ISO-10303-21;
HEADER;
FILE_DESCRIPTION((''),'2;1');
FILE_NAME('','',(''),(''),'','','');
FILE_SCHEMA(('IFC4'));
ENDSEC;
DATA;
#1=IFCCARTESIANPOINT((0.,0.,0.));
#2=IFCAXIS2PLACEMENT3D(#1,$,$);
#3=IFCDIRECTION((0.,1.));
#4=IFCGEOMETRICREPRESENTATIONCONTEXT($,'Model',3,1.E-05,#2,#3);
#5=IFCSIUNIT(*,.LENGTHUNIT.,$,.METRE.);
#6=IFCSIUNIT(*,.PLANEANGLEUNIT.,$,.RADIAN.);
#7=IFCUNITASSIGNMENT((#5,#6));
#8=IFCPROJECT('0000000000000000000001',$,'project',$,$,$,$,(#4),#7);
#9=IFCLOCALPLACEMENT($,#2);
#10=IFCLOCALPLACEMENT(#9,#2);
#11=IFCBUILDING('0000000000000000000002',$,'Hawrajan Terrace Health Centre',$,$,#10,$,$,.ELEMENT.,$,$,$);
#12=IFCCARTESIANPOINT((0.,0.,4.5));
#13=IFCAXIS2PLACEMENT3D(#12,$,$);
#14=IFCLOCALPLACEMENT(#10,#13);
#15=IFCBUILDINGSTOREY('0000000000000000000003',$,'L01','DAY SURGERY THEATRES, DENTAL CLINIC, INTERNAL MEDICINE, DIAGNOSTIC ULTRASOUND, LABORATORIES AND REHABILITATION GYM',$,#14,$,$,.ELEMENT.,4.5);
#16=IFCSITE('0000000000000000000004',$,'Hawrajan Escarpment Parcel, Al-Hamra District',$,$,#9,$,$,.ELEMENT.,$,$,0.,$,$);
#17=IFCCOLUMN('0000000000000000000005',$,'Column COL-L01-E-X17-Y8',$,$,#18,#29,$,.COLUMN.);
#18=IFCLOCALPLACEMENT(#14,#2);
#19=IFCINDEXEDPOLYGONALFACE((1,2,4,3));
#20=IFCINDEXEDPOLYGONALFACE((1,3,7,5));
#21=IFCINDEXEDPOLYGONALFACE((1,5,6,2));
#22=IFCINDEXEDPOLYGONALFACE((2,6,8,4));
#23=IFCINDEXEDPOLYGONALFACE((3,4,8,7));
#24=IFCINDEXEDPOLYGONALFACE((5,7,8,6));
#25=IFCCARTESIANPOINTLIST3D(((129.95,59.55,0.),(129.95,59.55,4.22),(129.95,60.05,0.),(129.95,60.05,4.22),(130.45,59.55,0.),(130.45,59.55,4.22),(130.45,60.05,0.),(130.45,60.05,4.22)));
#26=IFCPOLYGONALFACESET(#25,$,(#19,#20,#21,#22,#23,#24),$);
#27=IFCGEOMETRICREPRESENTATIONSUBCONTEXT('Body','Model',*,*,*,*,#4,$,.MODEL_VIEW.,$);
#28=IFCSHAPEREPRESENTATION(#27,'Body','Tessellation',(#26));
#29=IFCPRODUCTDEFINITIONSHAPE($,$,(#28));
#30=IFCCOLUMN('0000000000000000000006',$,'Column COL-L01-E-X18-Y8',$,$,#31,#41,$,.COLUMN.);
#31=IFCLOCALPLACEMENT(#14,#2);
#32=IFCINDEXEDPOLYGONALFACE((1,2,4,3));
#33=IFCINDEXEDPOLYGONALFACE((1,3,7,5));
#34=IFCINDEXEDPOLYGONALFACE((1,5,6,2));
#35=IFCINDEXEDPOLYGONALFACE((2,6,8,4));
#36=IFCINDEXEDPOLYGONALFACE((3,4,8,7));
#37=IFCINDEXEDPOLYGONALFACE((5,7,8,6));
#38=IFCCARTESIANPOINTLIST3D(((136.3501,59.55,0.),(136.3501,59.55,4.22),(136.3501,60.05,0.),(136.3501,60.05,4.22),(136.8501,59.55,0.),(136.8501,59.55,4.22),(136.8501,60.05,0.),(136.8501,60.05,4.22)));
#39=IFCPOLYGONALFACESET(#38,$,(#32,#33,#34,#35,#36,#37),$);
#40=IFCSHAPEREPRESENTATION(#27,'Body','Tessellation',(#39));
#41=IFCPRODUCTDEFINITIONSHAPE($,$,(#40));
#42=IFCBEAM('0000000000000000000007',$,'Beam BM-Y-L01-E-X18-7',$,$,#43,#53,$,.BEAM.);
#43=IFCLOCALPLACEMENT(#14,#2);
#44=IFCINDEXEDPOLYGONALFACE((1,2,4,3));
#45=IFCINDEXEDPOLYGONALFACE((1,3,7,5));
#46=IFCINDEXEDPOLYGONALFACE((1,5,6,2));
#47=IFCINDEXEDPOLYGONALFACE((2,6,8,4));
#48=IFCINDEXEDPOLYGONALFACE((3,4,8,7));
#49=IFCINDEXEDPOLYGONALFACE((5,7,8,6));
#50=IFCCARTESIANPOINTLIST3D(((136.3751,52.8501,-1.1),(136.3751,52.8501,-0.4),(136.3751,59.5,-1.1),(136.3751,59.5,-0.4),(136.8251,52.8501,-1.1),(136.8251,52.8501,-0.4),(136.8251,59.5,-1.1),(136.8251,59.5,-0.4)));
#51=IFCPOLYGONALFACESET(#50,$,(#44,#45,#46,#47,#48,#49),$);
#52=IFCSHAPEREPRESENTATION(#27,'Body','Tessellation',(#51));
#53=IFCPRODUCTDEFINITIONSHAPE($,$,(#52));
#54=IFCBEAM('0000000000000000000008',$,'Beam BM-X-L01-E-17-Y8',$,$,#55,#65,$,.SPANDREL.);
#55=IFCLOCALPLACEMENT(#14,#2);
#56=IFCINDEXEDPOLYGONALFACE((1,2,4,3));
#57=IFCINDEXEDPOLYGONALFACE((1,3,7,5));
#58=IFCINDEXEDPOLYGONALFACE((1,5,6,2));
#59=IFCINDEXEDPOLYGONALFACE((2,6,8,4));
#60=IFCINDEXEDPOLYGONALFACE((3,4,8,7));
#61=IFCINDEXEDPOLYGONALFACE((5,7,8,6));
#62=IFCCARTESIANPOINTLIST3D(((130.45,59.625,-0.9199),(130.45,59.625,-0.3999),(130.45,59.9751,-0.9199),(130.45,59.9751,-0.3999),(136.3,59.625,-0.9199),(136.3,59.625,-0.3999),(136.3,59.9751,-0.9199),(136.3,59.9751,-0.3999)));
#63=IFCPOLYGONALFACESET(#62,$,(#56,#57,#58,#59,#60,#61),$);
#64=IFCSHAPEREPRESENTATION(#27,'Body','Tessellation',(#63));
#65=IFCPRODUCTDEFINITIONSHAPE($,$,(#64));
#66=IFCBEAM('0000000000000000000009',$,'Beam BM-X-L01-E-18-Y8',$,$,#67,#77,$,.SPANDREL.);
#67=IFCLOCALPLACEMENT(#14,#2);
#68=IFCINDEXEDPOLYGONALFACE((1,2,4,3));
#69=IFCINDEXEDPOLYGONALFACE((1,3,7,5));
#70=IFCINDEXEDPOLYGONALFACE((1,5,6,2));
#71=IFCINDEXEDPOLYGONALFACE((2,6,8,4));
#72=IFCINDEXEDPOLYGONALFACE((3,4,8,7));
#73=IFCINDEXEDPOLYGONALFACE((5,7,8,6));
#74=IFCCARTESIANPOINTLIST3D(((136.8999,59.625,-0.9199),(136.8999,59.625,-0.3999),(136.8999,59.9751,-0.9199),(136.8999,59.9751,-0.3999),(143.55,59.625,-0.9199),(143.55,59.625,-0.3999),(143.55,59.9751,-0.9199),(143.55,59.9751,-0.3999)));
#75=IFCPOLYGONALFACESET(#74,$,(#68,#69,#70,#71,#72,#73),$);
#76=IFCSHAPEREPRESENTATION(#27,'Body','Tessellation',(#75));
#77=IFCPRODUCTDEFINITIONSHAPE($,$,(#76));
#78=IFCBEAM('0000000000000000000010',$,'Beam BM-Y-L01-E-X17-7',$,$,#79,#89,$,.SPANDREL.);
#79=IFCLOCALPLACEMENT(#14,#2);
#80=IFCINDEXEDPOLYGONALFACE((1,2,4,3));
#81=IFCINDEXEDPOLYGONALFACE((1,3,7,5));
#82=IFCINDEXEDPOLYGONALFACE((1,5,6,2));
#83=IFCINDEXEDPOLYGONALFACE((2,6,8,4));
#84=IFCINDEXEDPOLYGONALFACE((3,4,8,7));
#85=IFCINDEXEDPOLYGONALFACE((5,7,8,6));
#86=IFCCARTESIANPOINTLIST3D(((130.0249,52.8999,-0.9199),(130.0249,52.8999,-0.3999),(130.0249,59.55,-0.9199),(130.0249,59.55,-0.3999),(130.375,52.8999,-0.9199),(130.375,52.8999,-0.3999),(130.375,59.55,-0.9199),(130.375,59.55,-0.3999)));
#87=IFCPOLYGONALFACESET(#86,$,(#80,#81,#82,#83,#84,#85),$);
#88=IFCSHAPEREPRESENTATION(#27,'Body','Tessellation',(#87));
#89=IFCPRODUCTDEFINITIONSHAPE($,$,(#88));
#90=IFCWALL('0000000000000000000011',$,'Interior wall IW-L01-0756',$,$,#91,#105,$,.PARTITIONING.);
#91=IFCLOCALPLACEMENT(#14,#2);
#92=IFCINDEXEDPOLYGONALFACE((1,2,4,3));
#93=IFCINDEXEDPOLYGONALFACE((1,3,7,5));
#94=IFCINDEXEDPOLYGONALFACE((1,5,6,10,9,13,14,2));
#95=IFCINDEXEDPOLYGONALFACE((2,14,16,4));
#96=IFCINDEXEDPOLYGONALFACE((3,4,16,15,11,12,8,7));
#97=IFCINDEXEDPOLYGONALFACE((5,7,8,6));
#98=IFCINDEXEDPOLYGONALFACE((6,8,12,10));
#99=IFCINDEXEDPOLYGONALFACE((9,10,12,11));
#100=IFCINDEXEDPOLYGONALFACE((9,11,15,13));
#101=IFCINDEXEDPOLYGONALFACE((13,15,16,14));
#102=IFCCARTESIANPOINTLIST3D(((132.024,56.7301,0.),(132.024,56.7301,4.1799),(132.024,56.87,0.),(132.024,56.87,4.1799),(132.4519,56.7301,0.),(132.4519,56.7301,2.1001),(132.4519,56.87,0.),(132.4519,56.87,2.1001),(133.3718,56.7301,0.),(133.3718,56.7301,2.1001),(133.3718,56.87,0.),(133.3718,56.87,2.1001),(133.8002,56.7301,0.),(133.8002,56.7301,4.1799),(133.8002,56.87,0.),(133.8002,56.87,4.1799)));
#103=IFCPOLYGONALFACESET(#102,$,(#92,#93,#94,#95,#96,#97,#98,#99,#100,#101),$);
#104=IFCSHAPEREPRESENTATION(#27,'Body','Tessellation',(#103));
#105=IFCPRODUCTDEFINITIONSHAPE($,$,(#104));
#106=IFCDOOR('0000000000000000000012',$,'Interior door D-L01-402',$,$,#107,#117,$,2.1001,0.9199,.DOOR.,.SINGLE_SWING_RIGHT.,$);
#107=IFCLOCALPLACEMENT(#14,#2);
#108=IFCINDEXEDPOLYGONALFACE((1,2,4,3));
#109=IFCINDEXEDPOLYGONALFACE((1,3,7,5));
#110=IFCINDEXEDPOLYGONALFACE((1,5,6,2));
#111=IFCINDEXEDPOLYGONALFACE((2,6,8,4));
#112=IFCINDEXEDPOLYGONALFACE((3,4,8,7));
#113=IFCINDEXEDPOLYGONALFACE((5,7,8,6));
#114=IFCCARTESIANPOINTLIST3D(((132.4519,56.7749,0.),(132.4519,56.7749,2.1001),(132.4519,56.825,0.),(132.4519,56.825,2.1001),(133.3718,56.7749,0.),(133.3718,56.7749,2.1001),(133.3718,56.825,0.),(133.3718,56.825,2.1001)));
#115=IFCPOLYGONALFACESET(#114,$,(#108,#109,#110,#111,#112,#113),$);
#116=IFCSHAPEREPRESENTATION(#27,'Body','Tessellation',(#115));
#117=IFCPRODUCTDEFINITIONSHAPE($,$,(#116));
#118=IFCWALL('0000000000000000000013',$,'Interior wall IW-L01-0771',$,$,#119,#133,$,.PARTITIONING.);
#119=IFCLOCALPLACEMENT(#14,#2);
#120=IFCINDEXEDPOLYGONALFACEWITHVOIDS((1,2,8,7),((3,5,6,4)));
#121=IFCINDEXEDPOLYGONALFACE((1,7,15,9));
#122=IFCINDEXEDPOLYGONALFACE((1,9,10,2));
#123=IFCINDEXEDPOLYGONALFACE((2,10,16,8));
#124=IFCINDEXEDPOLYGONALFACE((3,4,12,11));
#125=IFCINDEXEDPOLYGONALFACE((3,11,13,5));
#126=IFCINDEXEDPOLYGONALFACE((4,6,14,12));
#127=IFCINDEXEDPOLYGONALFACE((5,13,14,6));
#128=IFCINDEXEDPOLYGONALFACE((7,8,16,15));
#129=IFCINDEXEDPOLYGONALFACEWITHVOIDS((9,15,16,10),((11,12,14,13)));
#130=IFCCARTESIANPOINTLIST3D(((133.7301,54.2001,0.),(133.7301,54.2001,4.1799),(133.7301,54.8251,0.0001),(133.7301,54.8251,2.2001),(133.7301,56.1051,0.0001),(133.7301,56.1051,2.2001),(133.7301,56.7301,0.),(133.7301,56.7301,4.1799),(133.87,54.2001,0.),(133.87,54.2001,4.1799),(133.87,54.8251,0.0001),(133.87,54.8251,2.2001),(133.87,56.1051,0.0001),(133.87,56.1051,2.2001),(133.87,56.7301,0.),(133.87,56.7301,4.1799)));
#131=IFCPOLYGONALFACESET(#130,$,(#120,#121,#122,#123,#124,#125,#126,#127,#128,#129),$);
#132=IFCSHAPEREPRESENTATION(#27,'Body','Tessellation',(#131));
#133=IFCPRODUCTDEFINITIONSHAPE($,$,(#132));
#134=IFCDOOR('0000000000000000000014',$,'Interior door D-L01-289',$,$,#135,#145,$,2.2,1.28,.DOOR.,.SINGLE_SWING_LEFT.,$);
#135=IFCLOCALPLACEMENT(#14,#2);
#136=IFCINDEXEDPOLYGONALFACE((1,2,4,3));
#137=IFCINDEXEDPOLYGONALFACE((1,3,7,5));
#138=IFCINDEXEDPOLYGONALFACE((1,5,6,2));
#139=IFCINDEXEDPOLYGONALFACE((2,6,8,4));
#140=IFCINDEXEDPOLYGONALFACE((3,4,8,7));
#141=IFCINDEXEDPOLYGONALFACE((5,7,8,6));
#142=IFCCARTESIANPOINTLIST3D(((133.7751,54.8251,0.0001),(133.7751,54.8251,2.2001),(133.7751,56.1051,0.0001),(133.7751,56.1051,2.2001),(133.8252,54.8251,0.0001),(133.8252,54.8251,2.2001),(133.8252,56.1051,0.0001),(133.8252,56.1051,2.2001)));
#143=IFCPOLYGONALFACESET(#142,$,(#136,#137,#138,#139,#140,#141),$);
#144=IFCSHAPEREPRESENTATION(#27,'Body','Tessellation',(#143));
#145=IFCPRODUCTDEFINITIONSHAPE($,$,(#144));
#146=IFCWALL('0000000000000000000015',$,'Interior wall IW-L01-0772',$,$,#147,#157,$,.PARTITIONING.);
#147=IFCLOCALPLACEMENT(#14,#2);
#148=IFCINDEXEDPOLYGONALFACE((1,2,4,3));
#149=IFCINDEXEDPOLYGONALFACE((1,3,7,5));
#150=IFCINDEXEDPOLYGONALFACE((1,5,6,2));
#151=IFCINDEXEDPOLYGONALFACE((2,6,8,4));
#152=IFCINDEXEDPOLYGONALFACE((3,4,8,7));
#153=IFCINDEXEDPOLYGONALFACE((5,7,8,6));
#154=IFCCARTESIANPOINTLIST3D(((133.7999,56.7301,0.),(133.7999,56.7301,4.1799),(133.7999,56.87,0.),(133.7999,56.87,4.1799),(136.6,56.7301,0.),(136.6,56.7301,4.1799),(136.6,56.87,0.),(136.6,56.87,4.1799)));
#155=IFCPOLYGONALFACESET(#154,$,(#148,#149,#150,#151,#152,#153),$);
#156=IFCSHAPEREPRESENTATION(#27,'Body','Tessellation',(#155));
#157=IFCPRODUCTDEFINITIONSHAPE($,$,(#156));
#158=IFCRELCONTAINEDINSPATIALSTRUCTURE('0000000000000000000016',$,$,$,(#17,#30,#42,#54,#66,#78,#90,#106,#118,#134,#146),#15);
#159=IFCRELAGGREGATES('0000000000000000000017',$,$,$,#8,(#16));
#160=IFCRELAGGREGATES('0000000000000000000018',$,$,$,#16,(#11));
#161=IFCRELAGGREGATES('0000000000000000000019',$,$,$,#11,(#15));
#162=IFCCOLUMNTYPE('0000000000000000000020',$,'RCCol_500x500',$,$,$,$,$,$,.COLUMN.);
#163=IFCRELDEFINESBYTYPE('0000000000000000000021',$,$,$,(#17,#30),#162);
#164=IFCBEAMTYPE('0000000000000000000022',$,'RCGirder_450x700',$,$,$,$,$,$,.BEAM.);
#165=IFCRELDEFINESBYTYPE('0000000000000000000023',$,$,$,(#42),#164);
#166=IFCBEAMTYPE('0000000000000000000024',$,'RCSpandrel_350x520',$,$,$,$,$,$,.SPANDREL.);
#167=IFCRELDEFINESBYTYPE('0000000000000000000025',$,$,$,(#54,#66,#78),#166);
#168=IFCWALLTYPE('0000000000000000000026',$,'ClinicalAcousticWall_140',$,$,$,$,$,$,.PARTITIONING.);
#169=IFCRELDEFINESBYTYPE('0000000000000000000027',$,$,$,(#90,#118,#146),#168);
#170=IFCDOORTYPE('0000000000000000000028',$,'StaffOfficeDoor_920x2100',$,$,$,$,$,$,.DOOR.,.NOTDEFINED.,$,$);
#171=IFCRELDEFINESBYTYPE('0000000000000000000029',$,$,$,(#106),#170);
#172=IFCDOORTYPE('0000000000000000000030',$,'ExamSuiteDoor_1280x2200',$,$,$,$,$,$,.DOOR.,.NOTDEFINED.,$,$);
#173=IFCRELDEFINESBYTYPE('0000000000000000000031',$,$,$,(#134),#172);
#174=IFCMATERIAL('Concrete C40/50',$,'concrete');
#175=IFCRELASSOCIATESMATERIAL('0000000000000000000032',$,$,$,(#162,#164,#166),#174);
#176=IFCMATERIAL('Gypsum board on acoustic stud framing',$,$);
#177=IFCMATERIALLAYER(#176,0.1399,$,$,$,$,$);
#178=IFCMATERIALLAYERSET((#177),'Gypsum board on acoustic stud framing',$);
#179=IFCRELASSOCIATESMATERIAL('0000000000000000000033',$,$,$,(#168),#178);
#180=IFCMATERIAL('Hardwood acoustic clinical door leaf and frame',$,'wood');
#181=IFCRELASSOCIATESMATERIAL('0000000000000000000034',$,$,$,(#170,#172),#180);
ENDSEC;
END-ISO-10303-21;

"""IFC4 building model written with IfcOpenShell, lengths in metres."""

from ifc_helpers import new_model, si_unit, direction, frame, frame_2d, origin, origin_2d, place, context, subcontext, project, spatial, rectangle, extrude, material, layer, layer_set, material_profile, profile_set, type_object, element, fill, save


model = new_model("IFC4")

# Units and contexts
model_context = context("Model", 3, precision=1e-05, world=origin(), true_north=direction((0.0, 1.0)))
body_context = subcontext(model_context, "Body", "Model", "MODEL_VIEW")
ifc_project = project(units=[si_unit("LENGTHUNIT", "METRE"), si_unit("PLANEANGLEUNIT", "RADIAN")], contexts=[model_context])

# Site, building, storey
site_placement = place(None, origin())
site = spatial("IfcSite", under=ifc_project, at=site_placement, Name="Hawrajan Escarpment Parcel, Al-Hamra District", CompositionType="ELEMENT", RefElevation=0.0)
building_placement = place(site_placement, origin())
building = spatial("IfcBuilding", under=site, at=building_placement, Name="Hawrajan Terrace Health Centre", CompositionType="ELEMENT")
storey_placement = place(building_placement, frame((0.0, 0.0, 4.5)))
storey = spatial("IfcBuildingStorey", under=building, at=storey_placement, Name="L01", Description="DAY SURGERY THEATRES, DENTAL CLINIC, INTERNAL MEDICINE, DIAGNOSTIC ULTRASOUND, LABORATORIES AND REHABILITATION GYM", CompositionType="ELEMENT", Elevation=4.5)

# Columns
ifc_material_1 = material(Name="Concrete C40/50", Category="concrete")
ifc_material_profile_1 = material_profile(ifc_material_1, rectangle(XDim=0.5, YDim=0.5, at=origin_2d()), Name="RC 500x500")
ifc_profile_set_1 = profile_set([ifc_material_profile_1], Name="Concrete C40/50")
column_type = type_object("IfcColumnType", Name="RCCol_500x500", PredefinedType="COLUMN", material=ifc_profile_set_1)
for number, where, z_axis, x_axis, name in (
    (1, (130.2, 59.8, 0.0), (0.0, 0.0, 1.0), (1.0, 0.0, 0.0), "Column COL-L01-E-X17-Y8"),
    (2, (136.6001, 59.8, 0.0), (0.0, 0.0, 1.0), (1.0, 0.0, 0.0), "Column COL-L01-E-X18-Y8"),
):
    element("IfcColumn", number, at=place(storey_placement, frame(where, z_axis=z_axis, x_axis=x_axis)), inside=storey, type_object=column_type, Name=name, PredefinedType="COLUMN", context=body_context, shape_type="SweptSolid", body=[
        extrude(rectangle(XDim=0.5, YDim=0.5, at=origin_2d()), origin(), (0.0, 0.0, 1.0), 4.22),
    ])

# Beams
ifc_material_profile_2 = material_profile(ifc_material_1, rectangle(XDim=0.45, YDim=0.7, at=origin_2d()), Name="RC BM 450x700")
ifc_profile_set_2 = profile_set([ifc_material_profile_2], Name="Concrete C40/50")
beam_type_1 = type_object("IfcBeamType", Name="RCGirder_450x700", PredefinedType="BEAM", material=ifc_profile_set_2)
beam_1_placement = place(storey_placement, frame((136.6001, 52.8501, -0.75), z_axis=(0.0, 1.0, 0.0), x_axis=(-1.0, 0.0, 0.0)))
element("IfcBeam", 3, at=beam_1_placement, inside=storey, type_object=beam_type_1, Name="Beam BM-Y-L01-E-X18-7", PredefinedType="BEAM", context=body_context, shape_type="SweptSolid", body=[
    extrude(rectangle(XDim=0.45, YDim=0.7, at=origin_2d()), origin(), (0.0, 0.0, 1.0), 6.6499),
])
ifc_material_profile_3 = material_profile(ifc_material_1, rectangle(XDim=0.3501, YDim=0.52, at=origin_2d()), Name="RC SP 350x520")
ifc_profile_set_3 = profile_set([ifc_material_profile_3], Name="Concrete C40/50")
beam_type_2 = type_object("IfcBeamType", Name="RCSpandrel_350x520", PredefinedType="SPANDREL", material=ifc_profile_set_3)
beam_2_placement = place(storey_placement, frame((130.45, 59.8, -0.6599), z_axis=(1.0, 0.0, 0.0), x_axis=(0.0, 1.0, 0.0)))
element("IfcBeam", 4, at=beam_2_placement, inside=storey, type_object=beam_type_2, Name="Beam BM-X-L01-E-17-Y8", PredefinedType="SPANDREL", context=body_context, shape_type="SweptSolid", body=[
    extrude(rectangle(XDim=0.3501, YDim=0.52, at=origin_2d()), origin(), (0.0, 0.0, 1.0), 5.8501),
])
for number, where, z_axis, x_axis, name in (
    (5, (136.8999, 59.8, -0.6599), (1.0, 0.0, 0.0), (0.0, 1.0, 0.0), "Beam BM-X-L01-E-18-Y8"),
    (6, (130.2, 52.8999, -0.6599), (0.0, 1.0, 0.0), (-1.0, 0.0, 0.0), "Beam BM-Y-L01-E-X17-7"),
):
    element("IfcBeam", number, at=place(storey_placement, frame(where, z_axis=z_axis, x_axis=x_axis)), inside=storey, type_object=beam_type_2, Name=name, PredefinedType="SPANDREL", context=body_context, shape_type="SweptSolid", body=[
        extrude(rectangle(XDim=0.3501, YDim=0.52, at=origin_2d()), origin(), (0.0, 0.0, 1.0), 6.6501),
    ])

# Walls, openings, doors
ifc_material_2 = material(Name="Gypsum board on acoustic stud framing")
ifc_layer_1 = layer(ifc_material_2, 0.1399)
ifc_layer_set_1 = layer_set([ifc_layer_1], Name="Gypsum board on acoustic stud framing")
wall_type_1 = type_object("IfcWallType", Name="ClinicalAcousticWall_140", PredefinedType="PARTITIONING", material=ifc_layer_set_1)
wall_1_placement = place(storey_placement, frame((132.0239, 56.8, 0.0), z_axis=(0.0, 0.0, 1.0), x_axis=(1.0, 0.0, 0.0)))
wall_1 = element("IfcWall", 7, at=wall_1_placement, inside=storey, type_object=wall_type_1, Name="Interior wall IW-L01-0756", PredefinedType="PARTITIONING", context=body_context, shape_type="SweptSolid", body=[
    extrude(rectangle(XDim=1.7761, YDim=0.1399, at=frame_2d((0.8882, 0.0))), origin(), (0.0, 0.0, 1.0), 4.1799),
])
opening_1_placement = place(wall_1_placement, frame((0.428, 0.0, 0.0)))
opening_1 = element("IfcOpeningElement", 8, at=opening_1_placement, cuts=wall_1, PredefinedType="OPENING", context=body_context, shape_type="SweptSolid", body=[
    extrude(rectangle(XDim=0.9199, YDim=2.1001, at=frame_2d((0.46, 1.05))), frame((0.0, 0.0798, 0.0), z_axis=(0.0, -1.0, 0.0), x_axis=(1.0, 0.0, 0.0)), (0.0, 0.0, 1.0), 0.1599),
])
ifc_material_3 = material(Name="Hardwood acoustic clinical door leaf and frame", Category="wood")
door_type_1 = type_object("IfcDoorType", Name="StaffOfficeDoor_920x2100", OperationType="NOTDEFINED", PredefinedType="DOOR", material=ifc_material_3)
door_1_placement = place(opening_1_placement, origin())
door_1 = element("IfcDoor", 9, at=door_1_placement, inside=storey, type_object=door_type_1, Name="Interior door D-L01-402", OperationType="SINGLE_SWING_RIGHT", OverallHeight=2.1001, OverallWidth=0.9199, PredefinedType="DOOR", context=body_context, shape_type="SweptSolid", body=[
    extrude(rectangle(XDim=0.9199, YDim=2.1001, at=frame_2d((0.46, 1.05))), frame((0.0, 0.0249, 0.0), z_axis=(0.0, -1.0, 0.0), x_axis=(1.0, 0.0, 0.0)), (0.0, 0.0, 1.0), 0.05),
])
fill(opening_1, door_1)
wall_2_placement = place(storey_placement, frame((133.8, 54.2, 0.0), z_axis=(0.0, 0.0, 1.0), x_axis=(0.0, 1.0, 0.0)))
wall_2 = element("IfcWall", 10, at=wall_2_placement, inside=storey, type_object=wall_type_1, Name="Interior wall IW-L01-0771", PredefinedType="PARTITIONING", context=body_context, shape_type="SweptSolid", body=[
    extrude(rectangle(XDim=2.53, YDim=0.1399, at=frame_2d((1.2651, 0.0))), origin(), (0.0, 0.0, 1.0), 4.1799),
])
opening_2_placement = place(wall_2_placement, frame((0.625, 0.0, 0.0)))
opening_2 = element("IfcOpeningElement", 11, at=opening_2_placement, cuts=wall_2, PredefinedType="OPENING", context=body_context, shape_type="SweptSolid", body=[
    extrude(rectangle(XDim=1.28, YDim=2.2, at=frame_2d((0.6401, 1.1001))), frame((0.0, 0.0798, 0.0), z_axis=(0.0, -1.0, 0.0), x_axis=(1.0, 0.0, 0.0)), (0.0, 0.0, 1.0), 0.1599),
])
door_type_2 = type_object("IfcDoorType", Name="ExamSuiteDoor_1280x2200", OperationType="NOTDEFINED", PredefinedType="DOOR", material=ifc_material_3)
door_2_placement = place(opening_2_placement, origin())
door_2 = element("IfcDoor", 12, at=door_2_placement, inside=storey, type_object=door_type_2, Name="Interior door D-L01-289", OperationType="SINGLE_SWING_LEFT", OverallHeight=2.2, OverallWidth=1.28, PredefinedType="DOOR", context=body_context, shape_type="SweptSolid", body=[
    extrude(rectangle(XDim=1.28, YDim=2.2, at=frame_2d((0.6401, 1.1001))), frame((0.0, 0.0249, 0.0), z_axis=(0.0, -1.0, 0.0), x_axis=(1.0, 0.0, 0.0)), (0.0, 0.0, 1.0), 0.05),
])
fill(opening_2, door_2)

# Wall
wall_3_placement = place(storey_placement, frame((133.8, 56.8, 0.0), z_axis=(0.0, 0.0, 1.0), x_axis=(1.0, 0.0, 0.0)))
element("IfcWall", 13, at=wall_3_placement, inside=storey, type_object=wall_type_1, Name="Interior wall IW-L01-0772", PredefinedType="PARTITIONING", context=body_context, shape_type="SweptSolid", body=[
    extrude(rectangle(XDim=2.8, YDim=0.1399, at=frame_2d((1.3999, 0.0))), origin(), (0.0, 0.0, 1.0), 4.1799),
])

save(model, "model.ifc")
